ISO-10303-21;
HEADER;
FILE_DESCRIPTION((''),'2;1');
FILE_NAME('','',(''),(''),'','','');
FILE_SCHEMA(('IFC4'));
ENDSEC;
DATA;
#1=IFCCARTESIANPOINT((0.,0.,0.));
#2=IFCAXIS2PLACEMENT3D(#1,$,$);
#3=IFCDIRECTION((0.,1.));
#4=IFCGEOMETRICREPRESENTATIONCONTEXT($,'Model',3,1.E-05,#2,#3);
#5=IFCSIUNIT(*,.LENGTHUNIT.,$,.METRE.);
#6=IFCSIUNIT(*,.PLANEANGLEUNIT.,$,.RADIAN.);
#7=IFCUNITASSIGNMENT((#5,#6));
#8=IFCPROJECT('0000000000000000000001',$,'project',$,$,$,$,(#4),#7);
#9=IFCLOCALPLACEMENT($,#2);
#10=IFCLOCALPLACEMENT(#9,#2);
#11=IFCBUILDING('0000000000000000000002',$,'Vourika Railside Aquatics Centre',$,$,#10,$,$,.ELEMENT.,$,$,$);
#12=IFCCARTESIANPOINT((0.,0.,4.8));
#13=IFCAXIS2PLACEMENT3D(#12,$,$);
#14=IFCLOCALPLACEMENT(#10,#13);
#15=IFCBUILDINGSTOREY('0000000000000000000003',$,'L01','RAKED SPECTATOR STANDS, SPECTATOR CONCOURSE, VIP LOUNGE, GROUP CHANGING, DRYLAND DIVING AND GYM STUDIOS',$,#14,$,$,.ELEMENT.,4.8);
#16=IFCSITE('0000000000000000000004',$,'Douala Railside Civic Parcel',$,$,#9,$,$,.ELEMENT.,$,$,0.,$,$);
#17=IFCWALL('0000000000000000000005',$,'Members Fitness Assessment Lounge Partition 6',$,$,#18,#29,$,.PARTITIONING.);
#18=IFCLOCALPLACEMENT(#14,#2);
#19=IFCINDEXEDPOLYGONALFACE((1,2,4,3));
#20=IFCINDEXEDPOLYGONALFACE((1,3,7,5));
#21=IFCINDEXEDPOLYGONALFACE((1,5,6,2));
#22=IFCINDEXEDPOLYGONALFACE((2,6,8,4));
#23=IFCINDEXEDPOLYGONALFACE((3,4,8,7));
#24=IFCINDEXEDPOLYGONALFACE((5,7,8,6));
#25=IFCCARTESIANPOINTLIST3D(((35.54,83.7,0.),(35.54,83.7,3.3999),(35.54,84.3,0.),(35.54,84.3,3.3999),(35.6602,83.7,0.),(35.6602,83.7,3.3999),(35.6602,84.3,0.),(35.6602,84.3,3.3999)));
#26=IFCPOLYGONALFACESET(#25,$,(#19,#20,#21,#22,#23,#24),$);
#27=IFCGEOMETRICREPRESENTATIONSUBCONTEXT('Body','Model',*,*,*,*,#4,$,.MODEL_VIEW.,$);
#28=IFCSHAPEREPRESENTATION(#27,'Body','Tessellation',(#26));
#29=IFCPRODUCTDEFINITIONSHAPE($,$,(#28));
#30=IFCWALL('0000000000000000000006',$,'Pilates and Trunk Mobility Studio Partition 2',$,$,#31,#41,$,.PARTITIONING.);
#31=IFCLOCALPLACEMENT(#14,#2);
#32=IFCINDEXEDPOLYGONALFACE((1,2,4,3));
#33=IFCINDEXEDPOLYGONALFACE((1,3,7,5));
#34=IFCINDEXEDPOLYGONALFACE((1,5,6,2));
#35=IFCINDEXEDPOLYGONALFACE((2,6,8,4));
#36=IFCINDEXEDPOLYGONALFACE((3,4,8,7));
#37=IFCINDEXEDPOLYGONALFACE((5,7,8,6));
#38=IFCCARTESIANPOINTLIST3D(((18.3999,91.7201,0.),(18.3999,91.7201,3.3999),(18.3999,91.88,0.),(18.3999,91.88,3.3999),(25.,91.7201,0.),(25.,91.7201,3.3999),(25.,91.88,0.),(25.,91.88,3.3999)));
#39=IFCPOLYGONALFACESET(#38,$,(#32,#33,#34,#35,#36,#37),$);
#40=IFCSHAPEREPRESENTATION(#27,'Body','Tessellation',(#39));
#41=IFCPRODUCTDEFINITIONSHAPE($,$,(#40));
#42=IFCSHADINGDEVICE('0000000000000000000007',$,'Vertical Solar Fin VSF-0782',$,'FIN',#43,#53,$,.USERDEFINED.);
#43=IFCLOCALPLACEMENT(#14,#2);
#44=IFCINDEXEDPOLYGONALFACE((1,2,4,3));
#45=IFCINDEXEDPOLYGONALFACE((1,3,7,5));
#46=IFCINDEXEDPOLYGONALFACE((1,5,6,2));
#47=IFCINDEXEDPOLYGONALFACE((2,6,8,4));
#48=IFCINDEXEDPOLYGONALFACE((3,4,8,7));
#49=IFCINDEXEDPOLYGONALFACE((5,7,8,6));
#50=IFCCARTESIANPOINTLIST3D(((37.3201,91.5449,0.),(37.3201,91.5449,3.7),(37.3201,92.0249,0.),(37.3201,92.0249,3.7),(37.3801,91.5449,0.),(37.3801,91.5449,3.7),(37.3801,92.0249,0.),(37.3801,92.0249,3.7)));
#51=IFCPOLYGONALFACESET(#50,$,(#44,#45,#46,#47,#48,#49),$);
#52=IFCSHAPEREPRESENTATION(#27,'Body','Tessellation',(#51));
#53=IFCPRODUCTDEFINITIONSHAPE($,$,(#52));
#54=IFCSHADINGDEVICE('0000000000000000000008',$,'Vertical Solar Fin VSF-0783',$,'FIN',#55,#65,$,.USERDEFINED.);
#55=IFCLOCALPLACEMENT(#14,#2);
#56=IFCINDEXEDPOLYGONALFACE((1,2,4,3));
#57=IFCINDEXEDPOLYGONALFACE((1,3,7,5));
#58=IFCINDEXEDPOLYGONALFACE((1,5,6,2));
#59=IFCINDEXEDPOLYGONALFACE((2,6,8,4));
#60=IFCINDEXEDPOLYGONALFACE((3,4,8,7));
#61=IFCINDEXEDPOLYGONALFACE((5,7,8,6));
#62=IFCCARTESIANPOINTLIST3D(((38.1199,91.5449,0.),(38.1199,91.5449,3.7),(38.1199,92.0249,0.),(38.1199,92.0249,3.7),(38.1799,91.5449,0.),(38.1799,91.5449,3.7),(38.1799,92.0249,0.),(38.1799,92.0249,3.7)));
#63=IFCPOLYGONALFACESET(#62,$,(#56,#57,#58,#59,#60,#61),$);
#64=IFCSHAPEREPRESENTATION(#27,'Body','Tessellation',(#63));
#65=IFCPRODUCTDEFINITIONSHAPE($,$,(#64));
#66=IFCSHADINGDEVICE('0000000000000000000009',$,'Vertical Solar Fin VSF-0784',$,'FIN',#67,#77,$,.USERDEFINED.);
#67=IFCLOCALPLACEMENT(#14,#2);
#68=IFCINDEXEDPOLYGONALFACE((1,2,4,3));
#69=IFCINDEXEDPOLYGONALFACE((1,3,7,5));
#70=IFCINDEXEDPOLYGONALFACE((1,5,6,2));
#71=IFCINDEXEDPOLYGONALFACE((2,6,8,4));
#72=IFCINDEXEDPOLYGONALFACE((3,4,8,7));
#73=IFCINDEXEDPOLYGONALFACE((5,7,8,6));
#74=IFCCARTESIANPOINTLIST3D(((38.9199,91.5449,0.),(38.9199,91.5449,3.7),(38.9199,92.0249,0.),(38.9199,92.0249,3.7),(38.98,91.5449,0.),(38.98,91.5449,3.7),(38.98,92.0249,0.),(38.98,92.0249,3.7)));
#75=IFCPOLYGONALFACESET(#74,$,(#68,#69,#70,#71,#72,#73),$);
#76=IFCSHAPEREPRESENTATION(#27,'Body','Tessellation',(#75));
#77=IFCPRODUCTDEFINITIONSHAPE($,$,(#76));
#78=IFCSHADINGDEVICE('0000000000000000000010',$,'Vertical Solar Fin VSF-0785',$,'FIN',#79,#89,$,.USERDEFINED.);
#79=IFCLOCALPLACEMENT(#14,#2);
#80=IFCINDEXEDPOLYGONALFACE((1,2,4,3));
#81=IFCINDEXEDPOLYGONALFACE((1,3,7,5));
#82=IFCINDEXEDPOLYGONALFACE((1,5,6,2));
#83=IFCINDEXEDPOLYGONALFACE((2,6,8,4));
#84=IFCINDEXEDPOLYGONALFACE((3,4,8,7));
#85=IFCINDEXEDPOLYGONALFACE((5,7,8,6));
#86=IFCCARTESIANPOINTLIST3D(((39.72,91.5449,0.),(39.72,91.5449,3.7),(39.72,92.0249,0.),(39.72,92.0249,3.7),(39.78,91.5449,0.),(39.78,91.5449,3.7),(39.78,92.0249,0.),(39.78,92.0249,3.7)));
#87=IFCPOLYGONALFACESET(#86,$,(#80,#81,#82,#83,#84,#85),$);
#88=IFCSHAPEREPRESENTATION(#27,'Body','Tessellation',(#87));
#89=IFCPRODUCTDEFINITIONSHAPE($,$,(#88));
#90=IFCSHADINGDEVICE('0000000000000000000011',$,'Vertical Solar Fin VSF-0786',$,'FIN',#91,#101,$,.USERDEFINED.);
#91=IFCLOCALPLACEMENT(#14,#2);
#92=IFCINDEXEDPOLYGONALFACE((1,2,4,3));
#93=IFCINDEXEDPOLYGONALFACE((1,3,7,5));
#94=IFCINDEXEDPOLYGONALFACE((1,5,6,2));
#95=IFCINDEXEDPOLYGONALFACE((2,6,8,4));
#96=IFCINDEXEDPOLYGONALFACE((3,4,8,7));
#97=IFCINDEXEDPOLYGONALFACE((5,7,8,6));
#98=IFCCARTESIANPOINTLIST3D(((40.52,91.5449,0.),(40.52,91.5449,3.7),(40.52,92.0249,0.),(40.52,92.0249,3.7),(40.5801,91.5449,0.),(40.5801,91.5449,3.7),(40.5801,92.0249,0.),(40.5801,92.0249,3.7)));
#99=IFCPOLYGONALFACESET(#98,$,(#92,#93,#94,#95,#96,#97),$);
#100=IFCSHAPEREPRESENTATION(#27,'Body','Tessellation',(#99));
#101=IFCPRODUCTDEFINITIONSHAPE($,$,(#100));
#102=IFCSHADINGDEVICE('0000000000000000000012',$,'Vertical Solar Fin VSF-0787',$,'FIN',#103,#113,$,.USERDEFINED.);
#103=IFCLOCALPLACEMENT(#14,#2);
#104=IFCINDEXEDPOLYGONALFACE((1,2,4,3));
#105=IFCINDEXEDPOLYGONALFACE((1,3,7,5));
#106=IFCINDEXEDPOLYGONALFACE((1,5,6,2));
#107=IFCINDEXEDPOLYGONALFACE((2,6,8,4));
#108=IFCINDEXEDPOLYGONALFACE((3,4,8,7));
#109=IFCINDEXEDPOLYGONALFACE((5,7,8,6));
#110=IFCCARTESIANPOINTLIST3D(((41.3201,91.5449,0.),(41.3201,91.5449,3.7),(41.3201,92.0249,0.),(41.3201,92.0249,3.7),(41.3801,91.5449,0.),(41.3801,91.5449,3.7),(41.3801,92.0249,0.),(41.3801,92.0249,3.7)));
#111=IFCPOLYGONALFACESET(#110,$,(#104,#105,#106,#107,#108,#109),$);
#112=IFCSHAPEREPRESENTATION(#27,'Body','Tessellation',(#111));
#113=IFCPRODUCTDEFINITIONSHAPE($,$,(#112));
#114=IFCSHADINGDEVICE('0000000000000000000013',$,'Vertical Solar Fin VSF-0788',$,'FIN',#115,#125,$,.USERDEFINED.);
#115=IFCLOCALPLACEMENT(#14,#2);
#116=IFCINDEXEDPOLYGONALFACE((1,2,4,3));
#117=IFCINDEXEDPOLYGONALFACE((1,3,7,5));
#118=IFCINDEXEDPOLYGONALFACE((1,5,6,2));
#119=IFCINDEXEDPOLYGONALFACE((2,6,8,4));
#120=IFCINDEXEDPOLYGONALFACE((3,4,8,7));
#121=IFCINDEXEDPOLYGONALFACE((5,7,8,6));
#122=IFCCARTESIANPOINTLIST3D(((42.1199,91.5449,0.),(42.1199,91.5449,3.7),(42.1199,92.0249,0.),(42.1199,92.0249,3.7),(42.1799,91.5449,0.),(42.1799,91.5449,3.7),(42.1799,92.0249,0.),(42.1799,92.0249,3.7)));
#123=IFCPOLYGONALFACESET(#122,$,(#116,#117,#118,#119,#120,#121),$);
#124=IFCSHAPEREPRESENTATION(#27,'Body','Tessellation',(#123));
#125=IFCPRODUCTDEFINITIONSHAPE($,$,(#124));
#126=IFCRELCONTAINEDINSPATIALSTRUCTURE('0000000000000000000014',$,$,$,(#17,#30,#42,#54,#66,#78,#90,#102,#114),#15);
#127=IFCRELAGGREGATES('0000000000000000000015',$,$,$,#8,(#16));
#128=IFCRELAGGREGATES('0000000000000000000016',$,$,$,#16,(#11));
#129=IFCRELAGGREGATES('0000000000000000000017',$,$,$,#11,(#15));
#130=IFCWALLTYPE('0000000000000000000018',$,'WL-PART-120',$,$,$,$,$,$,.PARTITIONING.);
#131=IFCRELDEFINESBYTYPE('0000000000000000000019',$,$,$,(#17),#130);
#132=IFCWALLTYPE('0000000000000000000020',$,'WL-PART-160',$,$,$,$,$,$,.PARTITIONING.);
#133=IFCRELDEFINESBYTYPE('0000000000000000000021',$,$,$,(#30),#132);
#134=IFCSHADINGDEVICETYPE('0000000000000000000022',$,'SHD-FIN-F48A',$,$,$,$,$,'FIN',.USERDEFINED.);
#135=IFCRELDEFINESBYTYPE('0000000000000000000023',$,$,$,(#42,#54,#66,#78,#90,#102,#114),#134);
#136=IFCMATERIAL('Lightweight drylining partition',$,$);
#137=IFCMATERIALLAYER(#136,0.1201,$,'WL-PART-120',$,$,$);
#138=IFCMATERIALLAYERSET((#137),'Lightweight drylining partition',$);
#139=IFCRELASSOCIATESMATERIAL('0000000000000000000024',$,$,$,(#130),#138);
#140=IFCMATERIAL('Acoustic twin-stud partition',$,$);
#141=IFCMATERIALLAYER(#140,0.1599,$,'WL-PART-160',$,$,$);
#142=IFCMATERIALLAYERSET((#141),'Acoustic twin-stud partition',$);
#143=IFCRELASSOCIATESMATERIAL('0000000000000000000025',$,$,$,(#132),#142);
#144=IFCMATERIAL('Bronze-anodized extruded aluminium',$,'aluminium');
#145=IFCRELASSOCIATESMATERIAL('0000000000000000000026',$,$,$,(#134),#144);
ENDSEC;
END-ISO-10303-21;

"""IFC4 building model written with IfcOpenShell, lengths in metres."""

from ifc_helpers import new_model, si_unit, direction, frame, frame_2d, origin, origin_2d, place, context, subcontext, project, spatial, rectangle, extrude, material, layer, layer_set, material_profile, profile_set, type_object, element, save


model = new_model("IFC4")

# Units and contexts
model_context = context("Model", 3, precision=1e-05, world=origin(), true_north=direction((0.0, 1.0)))
body_context = subcontext(model_context, "Body", "Model", "MODEL_VIEW")
ifc_project = project(units=[si_unit("LENGTHUNIT", "METRE"), si_unit("PLANEANGLEUNIT", "RADIAN")], contexts=[model_context])

# Site, building, storey
site_placement = place(None, origin())
site = spatial("IfcSite", under=ifc_project, at=site_placement, Name="Douala Railside Civic Parcel", CompositionType="ELEMENT", RefElevation=0.0)
building_placement = place(site_placement, origin())
building = spatial("IfcBuilding", under=site, at=building_placement, Name="Vourika Railside Aquatics Centre", CompositionType="ELEMENT")
storey_placement = place(building_placement, frame((0.0, 0.0, 4.8)))
storey = spatial("IfcBuildingStorey", under=building, at=storey_placement, Name="L01", Description="RAKED SPECTATOR STANDS, SPECTATOR CONCOURSE, VIP LOUNGE, GROUP CHANGING, DRYLAND DIVING AND GYM STUDIOS", CompositionType="ELEMENT", Elevation=4.8)

# Walls
ifc_material_1 = material(Name="Lightweight drylining partition")
ifc_layer_1 = layer(ifc_material_1, 0.1201, Name="WL-PART-120")
ifc_layer_set_1 = layer_set([ifc_layer_1], Name="Lightweight drylining partition")
wall_type_1 = type_object("IfcWallType", Name="WL-PART-120", PredefinedType="PARTITIONING", material=ifc_layer_set_1)
wall_1_placement = place(storey_placement, frame((35.6001, 84.3, 0.0), z_axis=(0.0, 0.0, 1.0), x_axis=(0.0, -1.0, 0.0)))
element("IfcWall", 1, at=wall_1_placement, inside=storey, type_object=wall_type_1, Name="Members Fitness Assessment Lounge Partition 6", PredefinedType="PARTITIONING", context=body_context, shape_type="SweptSolid", body=[
    extrude(rectangle(XDim=0.6001, YDim=0.1201, at=frame_2d((0.3, 0.0))), origin(), (0.0, 0.0, 1.0), 3.3999),
])
ifc_material_2 = material(Name="Acoustic twin-stud partition")
ifc_layer_2 = layer(ifc_material_2, 0.1599, Name="WL-PART-160")
ifc_layer_set_2 = layer_set([ifc_layer_2], Name="Acoustic twin-stud partition")
wall_type_2 = type_object("IfcWallType", Name="WL-PART-160", PredefinedType="PARTITIONING", material=ifc_layer_set_2)
wall_2_placement = place(storey_placement, frame((18.3999, 91.8, 0.0), z_axis=(0.0, 0.0, 1.0), x_axis=(1.0, 0.0, 0.0)))
element("IfcWall", 2, at=wall_2_placement, inside=storey, type_object=wall_type_2, Name="Pilates and Trunk Mobility Studio Partition 2", PredefinedType="PARTITIONING", context=body_context, shape_type="SweptSolid", body=[
    extrude(rectangle(XDim=6.6001, YDim=0.1599, at=frame_2d((3.3, 0.0))), origin(), (0.0, 0.0, 1.0), 3.3999),
])

# Shading devices
ifc_material_3 = material(Name="Bronze-anodized extruded aluminium", Category="aluminium")
ifc_material_profile_1 = material_profile(ifc_material_3, rectangle(XDim=0.0601, YDim=0.48, at=origin_2d()), Name="ALU-FIN 60x480")
ifc_profile_set_1 = profile_set([ifc_material_profile_1], Name="Bronze-anodized extruded aluminium")
shading_device_type = type_object("IfcShadingDeviceType", Name="SHD-FIN-F48A", ElementType="FIN", PredefinedType="USERDEFINED", material=ifc_profile_set_1)
for number, where, z_axis, x_axis, name in (
    (3, (37.3501, 91.7849, 0.0), (0.0, 0.0, 1.0), (-1.0, 0.0, 0.0), "Vertical Solar Fin VSF-0782"),
    (4, (38.1499, 91.7849, 0.0), (0.0, 0.0, 1.0), (-1.0, 0.0, 0.0), "Vertical Solar Fin VSF-0783"),
    (5, (38.95, 91.7849, 0.0), (0.0, 0.0, 1.0), (-1.0, 0.0, 0.0), "Vertical Solar Fin VSF-0784"),
    (6, (39.75, 91.7849, 0.0), (0.0, 0.0, 1.0), (-1.0, 0.0, 0.0), "Vertical Solar Fin VSF-0785"),
    (7, (40.55, 91.7849, 0.0), (0.0, 0.0, 1.0), (-1.0, 0.0, 0.0), "Vertical Solar Fin VSF-0786"),
    (8, (41.3501, 91.7849, 0.0), (0.0, 0.0, 1.0), (-1.0, 0.0, 0.0), "Vertical Solar Fin VSF-0787"),
    (9, (42.1499, 91.7849, 0.0), (0.0, 0.0, 1.0), (-1.0, 0.0, 0.0), "Vertical Solar Fin VSF-0788"),
):
    element("IfcShadingDevice", number, at=place(storey_placement, frame(where, z_axis=z_axis, x_axis=x_axis)), inside=storey, type_object=shading_device_type, Name=name, ObjectType="FIN", PredefinedType="USERDEFINED", context=body_context, shape_type="SweptSolid", body=[
        extrude(rectangle(XDim=0.0601, YDim=0.48, at=origin_2d()), origin(), (0.0, 0.0, 1.0), 3.7),
    ])

save(model, "model.ifc")
